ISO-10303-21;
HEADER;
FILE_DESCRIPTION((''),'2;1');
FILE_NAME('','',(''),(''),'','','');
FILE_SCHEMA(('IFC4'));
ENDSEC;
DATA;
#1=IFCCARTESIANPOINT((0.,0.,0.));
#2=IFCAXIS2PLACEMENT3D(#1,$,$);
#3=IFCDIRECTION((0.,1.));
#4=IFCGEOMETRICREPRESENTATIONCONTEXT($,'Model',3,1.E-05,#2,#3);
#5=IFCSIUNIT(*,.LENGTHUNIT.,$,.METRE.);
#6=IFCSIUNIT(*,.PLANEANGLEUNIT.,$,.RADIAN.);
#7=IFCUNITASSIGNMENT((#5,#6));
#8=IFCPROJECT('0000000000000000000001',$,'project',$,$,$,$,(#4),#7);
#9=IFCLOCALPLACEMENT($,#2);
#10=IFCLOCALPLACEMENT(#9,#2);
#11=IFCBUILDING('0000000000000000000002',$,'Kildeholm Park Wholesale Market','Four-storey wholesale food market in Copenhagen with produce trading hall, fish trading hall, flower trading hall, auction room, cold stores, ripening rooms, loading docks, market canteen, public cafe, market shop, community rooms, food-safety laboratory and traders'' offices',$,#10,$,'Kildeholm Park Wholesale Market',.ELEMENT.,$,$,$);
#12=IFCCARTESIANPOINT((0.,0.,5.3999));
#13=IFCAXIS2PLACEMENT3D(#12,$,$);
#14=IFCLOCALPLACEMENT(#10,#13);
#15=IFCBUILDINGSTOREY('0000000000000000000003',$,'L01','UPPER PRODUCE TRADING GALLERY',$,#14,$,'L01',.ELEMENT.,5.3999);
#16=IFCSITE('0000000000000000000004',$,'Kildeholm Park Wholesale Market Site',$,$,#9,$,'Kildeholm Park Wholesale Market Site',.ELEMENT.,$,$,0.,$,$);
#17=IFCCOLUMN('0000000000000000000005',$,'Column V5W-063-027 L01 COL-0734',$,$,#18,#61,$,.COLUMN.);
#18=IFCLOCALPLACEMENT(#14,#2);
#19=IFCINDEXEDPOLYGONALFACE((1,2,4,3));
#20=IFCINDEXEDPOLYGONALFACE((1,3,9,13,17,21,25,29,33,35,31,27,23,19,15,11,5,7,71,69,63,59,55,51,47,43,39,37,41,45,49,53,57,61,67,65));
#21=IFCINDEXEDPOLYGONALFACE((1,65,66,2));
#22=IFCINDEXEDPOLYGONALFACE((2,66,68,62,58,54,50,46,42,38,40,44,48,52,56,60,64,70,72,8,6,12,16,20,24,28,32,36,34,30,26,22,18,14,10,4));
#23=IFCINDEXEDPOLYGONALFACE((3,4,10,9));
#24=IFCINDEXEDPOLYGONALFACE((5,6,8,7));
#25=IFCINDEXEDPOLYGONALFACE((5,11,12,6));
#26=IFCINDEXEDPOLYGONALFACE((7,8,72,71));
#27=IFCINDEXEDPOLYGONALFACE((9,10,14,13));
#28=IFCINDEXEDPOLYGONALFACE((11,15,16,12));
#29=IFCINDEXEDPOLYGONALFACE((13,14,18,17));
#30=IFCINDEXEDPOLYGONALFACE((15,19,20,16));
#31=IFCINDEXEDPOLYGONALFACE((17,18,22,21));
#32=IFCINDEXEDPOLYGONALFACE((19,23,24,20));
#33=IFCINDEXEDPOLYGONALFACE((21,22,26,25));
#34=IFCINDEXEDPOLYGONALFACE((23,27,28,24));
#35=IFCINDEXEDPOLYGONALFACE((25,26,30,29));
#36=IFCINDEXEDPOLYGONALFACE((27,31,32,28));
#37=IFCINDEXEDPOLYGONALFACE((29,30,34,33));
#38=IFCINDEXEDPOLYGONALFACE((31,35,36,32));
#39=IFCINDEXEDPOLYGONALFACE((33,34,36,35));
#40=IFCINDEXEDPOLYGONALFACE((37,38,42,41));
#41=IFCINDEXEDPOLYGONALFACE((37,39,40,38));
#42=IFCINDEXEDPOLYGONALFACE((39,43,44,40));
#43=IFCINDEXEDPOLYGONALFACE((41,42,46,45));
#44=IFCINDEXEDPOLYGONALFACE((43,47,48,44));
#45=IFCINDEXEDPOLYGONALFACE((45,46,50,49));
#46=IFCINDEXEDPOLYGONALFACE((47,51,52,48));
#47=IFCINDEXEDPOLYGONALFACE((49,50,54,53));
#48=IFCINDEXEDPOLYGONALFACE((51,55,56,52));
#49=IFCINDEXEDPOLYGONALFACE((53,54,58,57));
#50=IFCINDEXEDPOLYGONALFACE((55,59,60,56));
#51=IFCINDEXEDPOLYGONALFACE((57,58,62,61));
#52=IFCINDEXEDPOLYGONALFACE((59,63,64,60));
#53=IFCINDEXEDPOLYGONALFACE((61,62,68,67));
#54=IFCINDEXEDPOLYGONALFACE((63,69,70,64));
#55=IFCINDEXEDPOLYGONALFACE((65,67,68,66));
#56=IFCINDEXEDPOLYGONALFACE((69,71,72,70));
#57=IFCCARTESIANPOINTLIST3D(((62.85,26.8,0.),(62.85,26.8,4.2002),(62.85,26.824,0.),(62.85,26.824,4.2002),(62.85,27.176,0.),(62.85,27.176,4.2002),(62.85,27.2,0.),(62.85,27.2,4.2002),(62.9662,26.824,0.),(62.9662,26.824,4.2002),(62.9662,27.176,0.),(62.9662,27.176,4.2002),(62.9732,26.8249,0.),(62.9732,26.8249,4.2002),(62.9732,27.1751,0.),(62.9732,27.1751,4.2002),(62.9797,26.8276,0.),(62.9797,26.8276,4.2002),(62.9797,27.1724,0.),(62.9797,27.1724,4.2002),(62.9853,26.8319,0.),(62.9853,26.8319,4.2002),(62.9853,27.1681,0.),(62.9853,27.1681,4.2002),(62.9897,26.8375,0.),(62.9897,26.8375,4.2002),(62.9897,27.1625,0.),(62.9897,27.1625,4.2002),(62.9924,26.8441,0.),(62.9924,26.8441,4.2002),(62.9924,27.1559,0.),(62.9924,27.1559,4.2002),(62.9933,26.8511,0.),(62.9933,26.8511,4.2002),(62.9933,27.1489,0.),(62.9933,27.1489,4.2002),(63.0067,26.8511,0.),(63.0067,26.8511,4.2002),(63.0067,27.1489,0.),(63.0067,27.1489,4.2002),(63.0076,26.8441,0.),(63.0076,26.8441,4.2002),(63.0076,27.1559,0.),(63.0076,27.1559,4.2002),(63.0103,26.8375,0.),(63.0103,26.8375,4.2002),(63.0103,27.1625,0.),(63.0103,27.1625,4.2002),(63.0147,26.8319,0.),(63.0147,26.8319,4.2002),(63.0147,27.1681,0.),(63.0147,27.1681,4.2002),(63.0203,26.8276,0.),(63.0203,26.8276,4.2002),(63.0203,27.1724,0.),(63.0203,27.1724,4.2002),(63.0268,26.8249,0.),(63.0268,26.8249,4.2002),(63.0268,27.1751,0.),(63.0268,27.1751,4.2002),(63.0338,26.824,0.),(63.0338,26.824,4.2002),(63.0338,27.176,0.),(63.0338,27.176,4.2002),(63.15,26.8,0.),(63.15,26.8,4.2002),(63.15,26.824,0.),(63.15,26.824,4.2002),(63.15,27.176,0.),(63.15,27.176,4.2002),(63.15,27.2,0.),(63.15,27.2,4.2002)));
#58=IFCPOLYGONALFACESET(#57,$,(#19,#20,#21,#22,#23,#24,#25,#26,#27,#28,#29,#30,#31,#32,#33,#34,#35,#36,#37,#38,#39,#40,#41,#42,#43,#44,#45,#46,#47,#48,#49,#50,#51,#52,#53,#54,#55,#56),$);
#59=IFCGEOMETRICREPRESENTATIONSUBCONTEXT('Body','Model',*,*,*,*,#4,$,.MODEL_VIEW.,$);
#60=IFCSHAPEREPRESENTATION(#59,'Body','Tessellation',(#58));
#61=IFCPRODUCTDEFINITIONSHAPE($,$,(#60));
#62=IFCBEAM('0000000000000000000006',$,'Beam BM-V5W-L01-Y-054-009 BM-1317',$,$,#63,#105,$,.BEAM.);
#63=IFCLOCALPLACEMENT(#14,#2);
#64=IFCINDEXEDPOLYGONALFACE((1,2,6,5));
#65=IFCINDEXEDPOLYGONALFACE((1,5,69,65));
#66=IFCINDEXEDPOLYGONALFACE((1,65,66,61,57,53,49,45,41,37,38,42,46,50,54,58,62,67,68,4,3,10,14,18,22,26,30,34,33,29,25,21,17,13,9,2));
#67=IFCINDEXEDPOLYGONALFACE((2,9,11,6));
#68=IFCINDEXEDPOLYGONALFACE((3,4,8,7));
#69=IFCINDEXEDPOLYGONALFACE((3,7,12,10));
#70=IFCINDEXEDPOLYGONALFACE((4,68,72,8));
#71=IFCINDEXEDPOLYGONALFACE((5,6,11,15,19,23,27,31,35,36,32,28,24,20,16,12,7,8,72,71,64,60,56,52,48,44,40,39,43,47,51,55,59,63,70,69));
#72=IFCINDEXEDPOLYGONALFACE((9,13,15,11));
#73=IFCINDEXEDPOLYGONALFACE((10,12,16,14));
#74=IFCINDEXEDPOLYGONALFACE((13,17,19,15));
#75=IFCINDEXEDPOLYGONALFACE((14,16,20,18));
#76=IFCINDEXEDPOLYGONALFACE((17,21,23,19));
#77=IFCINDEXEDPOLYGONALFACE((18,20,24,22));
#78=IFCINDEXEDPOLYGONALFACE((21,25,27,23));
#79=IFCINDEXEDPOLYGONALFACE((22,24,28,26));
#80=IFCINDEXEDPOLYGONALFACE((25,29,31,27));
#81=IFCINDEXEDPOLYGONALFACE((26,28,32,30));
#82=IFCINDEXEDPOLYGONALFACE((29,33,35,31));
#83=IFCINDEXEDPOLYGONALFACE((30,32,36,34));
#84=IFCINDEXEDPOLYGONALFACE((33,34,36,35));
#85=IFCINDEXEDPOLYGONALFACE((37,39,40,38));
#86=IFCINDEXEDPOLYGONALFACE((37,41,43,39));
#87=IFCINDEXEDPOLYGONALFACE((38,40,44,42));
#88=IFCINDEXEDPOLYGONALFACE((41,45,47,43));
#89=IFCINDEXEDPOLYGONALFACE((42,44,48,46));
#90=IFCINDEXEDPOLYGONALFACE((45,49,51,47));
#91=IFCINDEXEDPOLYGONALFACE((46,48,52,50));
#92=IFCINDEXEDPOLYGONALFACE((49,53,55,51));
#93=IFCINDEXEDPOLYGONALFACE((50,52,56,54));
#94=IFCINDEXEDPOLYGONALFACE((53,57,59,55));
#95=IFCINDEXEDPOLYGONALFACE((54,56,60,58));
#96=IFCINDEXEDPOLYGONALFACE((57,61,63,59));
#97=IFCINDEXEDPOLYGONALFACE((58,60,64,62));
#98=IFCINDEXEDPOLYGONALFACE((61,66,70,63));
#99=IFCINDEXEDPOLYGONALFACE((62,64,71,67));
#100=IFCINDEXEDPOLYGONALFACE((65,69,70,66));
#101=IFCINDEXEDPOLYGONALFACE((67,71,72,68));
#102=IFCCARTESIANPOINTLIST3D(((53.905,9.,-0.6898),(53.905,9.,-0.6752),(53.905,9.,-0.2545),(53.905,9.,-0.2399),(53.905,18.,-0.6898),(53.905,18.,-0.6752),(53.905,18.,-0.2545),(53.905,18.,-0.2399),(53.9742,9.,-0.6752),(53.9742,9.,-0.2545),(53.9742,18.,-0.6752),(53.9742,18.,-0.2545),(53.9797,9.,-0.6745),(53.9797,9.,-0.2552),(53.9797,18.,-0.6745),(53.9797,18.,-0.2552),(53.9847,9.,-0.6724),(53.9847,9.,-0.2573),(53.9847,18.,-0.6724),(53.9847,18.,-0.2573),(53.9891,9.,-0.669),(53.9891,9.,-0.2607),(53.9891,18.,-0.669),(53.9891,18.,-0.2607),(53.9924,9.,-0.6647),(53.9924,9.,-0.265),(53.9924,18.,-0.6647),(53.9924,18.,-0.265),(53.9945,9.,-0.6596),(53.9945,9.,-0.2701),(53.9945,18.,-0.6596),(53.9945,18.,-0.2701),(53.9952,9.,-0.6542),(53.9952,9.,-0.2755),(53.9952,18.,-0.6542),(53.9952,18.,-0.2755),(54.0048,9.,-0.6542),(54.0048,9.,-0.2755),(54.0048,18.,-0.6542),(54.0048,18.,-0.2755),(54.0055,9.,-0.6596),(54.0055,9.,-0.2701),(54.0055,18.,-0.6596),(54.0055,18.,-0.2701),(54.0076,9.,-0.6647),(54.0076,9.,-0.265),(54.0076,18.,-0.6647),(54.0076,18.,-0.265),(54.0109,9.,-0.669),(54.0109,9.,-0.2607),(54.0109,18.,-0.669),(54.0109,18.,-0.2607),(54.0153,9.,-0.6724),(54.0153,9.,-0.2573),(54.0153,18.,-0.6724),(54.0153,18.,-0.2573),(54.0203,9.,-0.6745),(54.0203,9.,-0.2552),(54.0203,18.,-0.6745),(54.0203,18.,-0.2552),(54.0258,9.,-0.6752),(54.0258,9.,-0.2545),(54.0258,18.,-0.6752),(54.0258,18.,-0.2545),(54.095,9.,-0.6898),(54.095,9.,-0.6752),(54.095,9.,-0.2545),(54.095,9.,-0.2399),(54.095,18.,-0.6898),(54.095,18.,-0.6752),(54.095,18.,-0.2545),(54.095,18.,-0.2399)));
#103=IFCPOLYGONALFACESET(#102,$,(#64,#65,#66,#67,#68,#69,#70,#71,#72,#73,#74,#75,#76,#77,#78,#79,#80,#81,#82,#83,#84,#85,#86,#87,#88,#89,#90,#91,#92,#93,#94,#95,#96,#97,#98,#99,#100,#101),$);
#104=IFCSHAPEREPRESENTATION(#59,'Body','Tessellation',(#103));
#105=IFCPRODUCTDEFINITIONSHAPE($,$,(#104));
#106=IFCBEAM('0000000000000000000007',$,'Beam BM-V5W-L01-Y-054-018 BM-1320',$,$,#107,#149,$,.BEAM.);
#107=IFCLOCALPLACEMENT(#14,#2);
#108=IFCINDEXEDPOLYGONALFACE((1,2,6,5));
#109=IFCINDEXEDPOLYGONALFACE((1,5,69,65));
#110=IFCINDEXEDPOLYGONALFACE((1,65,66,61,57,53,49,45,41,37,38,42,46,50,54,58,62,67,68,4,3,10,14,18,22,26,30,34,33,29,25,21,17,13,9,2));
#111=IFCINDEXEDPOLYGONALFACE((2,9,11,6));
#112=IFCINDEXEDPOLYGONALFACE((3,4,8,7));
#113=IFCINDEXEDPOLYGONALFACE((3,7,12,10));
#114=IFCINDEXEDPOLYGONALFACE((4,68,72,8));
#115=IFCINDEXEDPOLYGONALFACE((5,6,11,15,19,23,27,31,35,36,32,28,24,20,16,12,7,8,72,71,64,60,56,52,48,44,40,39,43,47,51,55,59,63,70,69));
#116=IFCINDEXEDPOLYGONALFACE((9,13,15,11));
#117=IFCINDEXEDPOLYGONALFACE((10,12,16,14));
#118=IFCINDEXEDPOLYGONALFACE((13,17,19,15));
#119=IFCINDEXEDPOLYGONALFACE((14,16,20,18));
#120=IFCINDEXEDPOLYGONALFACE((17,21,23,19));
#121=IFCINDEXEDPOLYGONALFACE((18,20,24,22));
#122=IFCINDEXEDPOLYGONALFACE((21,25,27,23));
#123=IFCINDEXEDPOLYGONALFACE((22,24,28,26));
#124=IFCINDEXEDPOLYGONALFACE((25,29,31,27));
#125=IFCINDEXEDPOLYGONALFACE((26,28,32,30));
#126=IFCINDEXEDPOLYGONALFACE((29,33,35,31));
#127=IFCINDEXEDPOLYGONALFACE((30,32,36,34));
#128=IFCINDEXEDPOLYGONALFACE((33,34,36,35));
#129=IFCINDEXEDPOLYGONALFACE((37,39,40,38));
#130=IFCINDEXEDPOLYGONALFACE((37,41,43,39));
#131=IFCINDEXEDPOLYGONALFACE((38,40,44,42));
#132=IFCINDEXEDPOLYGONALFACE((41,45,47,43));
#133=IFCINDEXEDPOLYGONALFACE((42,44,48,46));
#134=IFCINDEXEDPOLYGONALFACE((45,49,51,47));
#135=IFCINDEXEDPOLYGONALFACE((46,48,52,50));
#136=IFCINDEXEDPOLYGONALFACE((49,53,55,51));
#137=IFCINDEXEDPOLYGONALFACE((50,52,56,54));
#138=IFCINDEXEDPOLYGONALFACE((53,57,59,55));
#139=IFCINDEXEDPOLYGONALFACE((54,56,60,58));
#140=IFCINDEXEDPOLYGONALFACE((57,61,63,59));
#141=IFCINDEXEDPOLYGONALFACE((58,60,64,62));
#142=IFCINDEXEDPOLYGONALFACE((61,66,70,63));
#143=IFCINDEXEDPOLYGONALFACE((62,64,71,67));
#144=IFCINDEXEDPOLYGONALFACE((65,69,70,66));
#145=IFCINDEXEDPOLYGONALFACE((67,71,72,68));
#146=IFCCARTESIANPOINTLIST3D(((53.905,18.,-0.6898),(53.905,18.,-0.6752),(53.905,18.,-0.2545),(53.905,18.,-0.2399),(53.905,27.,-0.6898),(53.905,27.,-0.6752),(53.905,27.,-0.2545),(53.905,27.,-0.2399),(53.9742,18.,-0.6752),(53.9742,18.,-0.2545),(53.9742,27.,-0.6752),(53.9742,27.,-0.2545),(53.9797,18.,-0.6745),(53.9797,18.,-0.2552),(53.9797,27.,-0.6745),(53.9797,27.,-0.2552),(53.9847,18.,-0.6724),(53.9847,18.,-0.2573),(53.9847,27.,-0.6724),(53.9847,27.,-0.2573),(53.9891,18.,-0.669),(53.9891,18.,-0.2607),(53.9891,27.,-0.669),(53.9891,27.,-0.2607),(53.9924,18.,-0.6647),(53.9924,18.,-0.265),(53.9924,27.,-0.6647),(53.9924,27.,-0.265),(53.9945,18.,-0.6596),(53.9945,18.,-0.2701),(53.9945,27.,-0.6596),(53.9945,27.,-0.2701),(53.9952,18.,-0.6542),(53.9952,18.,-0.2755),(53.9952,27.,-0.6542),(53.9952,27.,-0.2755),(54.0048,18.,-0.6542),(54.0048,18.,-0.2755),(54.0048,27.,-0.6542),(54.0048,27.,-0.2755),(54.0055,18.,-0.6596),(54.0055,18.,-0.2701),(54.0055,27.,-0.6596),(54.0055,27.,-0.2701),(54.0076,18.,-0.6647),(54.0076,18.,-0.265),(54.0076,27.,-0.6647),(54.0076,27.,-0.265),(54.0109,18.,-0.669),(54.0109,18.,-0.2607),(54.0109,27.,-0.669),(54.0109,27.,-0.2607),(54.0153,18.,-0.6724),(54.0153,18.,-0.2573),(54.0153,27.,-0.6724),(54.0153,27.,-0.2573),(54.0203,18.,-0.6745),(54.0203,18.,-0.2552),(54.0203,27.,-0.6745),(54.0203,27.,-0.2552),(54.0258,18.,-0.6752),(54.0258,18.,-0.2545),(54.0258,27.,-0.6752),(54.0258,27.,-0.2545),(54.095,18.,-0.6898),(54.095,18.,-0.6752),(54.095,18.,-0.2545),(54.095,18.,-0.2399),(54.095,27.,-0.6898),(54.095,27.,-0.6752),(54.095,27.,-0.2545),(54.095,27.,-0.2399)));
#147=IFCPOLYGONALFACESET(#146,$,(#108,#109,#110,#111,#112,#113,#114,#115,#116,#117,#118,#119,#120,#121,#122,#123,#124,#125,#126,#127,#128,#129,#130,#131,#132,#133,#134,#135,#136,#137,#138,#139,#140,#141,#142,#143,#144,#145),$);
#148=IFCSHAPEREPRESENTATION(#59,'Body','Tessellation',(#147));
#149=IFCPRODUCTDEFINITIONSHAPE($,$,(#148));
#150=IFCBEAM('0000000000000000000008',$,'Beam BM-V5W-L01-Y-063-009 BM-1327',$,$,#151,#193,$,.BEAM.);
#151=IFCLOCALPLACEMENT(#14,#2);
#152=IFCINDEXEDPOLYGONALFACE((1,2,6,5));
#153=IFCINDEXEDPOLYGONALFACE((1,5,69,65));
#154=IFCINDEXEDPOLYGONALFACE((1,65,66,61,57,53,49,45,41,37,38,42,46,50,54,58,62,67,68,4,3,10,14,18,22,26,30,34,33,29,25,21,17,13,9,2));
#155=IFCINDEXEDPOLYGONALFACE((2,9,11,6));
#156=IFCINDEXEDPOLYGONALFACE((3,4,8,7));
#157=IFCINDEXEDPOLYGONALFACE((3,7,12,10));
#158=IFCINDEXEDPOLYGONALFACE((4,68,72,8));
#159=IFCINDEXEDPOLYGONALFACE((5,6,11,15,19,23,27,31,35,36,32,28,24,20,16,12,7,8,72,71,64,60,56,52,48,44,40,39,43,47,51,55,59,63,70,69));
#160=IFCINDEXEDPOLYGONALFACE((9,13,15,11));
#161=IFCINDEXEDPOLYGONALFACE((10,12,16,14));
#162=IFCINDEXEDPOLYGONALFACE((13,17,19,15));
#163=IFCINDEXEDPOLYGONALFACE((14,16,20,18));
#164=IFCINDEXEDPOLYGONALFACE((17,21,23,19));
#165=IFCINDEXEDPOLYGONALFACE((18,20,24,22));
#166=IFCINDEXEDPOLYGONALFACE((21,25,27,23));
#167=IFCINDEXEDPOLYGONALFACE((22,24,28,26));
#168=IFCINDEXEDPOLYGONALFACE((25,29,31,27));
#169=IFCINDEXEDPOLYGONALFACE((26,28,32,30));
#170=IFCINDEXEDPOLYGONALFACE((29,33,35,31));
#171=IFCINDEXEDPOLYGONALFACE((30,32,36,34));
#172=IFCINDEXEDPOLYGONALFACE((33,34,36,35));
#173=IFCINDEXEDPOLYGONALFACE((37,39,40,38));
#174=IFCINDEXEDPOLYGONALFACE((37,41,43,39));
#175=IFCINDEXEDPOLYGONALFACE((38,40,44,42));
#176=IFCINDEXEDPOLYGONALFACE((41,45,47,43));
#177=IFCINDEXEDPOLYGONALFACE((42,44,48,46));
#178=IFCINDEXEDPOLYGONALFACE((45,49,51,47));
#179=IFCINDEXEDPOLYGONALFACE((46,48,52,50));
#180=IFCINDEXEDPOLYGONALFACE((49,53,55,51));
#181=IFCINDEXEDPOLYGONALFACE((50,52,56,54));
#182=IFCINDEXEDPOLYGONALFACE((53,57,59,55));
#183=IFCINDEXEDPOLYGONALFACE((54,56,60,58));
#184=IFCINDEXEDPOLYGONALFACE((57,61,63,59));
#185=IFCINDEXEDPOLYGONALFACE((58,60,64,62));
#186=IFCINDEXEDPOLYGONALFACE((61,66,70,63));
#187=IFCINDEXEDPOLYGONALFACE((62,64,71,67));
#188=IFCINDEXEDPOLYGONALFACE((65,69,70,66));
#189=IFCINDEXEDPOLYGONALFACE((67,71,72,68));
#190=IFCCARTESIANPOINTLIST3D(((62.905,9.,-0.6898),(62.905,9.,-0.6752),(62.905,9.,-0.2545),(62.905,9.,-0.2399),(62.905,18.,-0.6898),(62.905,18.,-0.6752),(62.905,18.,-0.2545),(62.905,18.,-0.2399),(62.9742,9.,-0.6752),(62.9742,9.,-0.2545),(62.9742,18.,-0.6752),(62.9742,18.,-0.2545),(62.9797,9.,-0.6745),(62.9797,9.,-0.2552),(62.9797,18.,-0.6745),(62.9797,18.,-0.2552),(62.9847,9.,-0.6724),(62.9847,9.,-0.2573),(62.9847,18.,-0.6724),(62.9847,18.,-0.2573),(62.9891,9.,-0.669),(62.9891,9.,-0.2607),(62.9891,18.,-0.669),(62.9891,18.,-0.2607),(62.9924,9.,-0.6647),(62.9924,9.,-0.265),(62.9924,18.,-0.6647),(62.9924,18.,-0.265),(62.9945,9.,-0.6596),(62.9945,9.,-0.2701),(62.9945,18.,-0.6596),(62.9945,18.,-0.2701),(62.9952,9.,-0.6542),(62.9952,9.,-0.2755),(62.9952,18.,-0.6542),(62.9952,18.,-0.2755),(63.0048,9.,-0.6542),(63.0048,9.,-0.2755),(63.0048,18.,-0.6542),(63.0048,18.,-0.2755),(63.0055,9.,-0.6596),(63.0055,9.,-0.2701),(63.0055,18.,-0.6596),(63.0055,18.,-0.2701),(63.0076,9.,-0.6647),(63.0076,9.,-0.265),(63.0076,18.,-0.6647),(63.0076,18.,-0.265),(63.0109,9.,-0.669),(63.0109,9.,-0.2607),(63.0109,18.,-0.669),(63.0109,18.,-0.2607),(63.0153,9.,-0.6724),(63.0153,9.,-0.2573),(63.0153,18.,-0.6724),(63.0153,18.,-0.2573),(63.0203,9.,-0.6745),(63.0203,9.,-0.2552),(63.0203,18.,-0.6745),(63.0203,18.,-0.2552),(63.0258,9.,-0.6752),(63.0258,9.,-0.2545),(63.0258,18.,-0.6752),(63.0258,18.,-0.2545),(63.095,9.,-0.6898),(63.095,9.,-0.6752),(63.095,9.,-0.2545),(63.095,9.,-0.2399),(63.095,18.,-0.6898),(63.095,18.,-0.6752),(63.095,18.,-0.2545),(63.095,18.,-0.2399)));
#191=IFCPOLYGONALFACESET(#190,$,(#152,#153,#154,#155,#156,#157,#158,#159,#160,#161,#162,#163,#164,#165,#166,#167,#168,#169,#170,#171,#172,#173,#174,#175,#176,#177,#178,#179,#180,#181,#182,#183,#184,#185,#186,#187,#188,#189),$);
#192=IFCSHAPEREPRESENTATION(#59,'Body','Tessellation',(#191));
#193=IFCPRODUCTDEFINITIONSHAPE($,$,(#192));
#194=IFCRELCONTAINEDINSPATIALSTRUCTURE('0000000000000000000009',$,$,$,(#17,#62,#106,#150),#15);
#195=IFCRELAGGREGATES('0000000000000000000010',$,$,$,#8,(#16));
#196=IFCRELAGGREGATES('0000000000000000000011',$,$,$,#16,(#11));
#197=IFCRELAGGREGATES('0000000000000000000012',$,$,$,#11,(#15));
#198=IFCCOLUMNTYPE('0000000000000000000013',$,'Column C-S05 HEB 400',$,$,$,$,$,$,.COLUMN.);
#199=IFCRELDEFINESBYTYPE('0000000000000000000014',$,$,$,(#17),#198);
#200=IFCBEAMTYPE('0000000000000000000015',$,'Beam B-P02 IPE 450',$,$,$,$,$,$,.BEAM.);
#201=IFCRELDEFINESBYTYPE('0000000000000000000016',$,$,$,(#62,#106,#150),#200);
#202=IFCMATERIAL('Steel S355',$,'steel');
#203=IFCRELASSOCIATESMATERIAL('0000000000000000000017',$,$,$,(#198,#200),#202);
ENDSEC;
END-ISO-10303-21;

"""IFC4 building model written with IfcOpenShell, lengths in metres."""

from ifc_helpers import new_model, si_unit, direction, frame, origin, origin_2d, place, context, subcontext, project, spatial, i_section, extrude, material, material_profile, profile_set, type_object, element, save


model = new_model("IFC4")

# Units and contexts
model_context = context("Model", 3, precision=1e-05, world=origin(), true_north=direction((0.0, 1.0)))
body_context = subcontext(model_context, "Body", "Model", "MODEL_VIEW")
ifc_project = project(units=[si_unit("LENGTHUNIT", "METRE"), si_unit("PLANEANGLEUNIT", "RADIAN")], contexts=[model_context])

# Site, building, storey
site_placement = place(None, origin())
site = spatial("IfcSite", under=ifc_project, at=site_placement, Name="Kildeholm Park Wholesale Market Site", LongName="Kildeholm Park Wholesale Market Site", CompositionType="ELEMENT", RefElevation=0.0)
building_placement = place(site_placement, origin())
building = spatial("IfcBuilding", under=site, at=building_placement, Name="Kildeholm Park Wholesale Market", Description="Four-storey wholesale food market in Copenhagen with produce trading hall, fish trading hall, flower trading hall, auction room, cold stores, ripening rooms, loading docks, market canteen, public cafe, market shop, community rooms, food-safety laboratory and traders' offices", LongName="Kildeholm Park Wholesale Market", CompositionType="ELEMENT")
storey_placement = place(building_placement, frame((0.0, 0.0, 5.3999)))
storey = spatial("IfcBuildingStorey", under=building, at=storey_placement, Name="L01", Description="UPPER PRODUCE TRADING GALLERY", LongName="L01", CompositionType="ELEMENT", Elevation=5.3999)

# Column
ifc_material_1 = material(Name="Steel S355", Category="steel")
ifc_material_profile_1 = material_profile(ifc_material_1, i_section(OverallWidth=0.3, OverallDepth=0.3999, WebThickness=0.0134, FlangeThickness=0.0239, FilletRadius=0.0271, at=origin_2d()), Name="HEB 400")
ifc_profile_set_1 = profile_set([ifc_material_profile_1], Name="Steel S355")
column_type = type_object("IfcColumnType", Name="Column C-S05 HEB 400", PredefinedType="COLUMN", material=ifc_profile_set_1)
for number, where, z_axis, x_axis, name in (
    (1, (63.0, 27.0, 0.0), (0.0, 0.0, 1.0), (1.0, 0.0, 0.0), "Column V5W-063-027 L01 COL-0734"),
):
    element("IfcColumn", number, at=place(storey_placement, frame(where, z_axis=z_axis, x_axis=x_axis)), inside=storey, type_object=column_type, Name=name, PredefinedType="COLUMN", context=body_context, shape_type="SweptSolid", body=[
        extrude(i_section(OverallWidth=0.3, OverallDepth=0.3999, WebThickness=0.0134, FlangeThickness=0.0239, FilletRadius=0.0271, at=origin_2d()), origin(), (0.0, 0.0, 1.0), 4.2002),
    ])

# Beams
ifc_material_profile_2 = material_profile(ifc_material_1, i_section(OverallWidth=0.1899, OverallDepth=0.45, WebThickness=0.0095, FlangeThickness=0.0146, FilletRadius=0.021, at=origin_2d()), Name="IPE 450")
ifc_profile_set_2 = profile_set([ifc_material_profile_2], Name="Steel S355")
beam_type_1 = type_object("IfcBeamType", Name="Beam B-P02 IPE 450", PredefinedType="BEAM", material=ifc_profile_set_2)
for number, where, z_axis, x_axis, name in (
    (2, (54.0, 9.0, -0.4648), (0.0, 1.0, 0.0), (-1.0, 0.0, 0.0), "Beam BM-V5W-L01-Y-054-009 BM-1317"),
    (3, (54.0, 18.0, -0.4648), (0.0, 1.0, 0.0), (-1.0, 0.0, 0.0), "Beam BM-V5W-L01-Y-054-018 BM-1320"),
    (4, (63.0, 9.0, -0.4648), (0.0, 1.0, 0.0), (-1.0, 0.0, 0.0), "Beam BM-V5W-L01-Y-063-009 BM-1327"),
):
    element("IfcBeam", number, at=place(storey_placement, frame(where, z_axis=z_axis, x_axis=x_axis)), inside=storey, type_object=beam_type_1, Name=name, PredefinedType="BEAM", context=body_context, shape_type="SweptSolid", body=[
        extrude(i_section(OverallWidth=0.1899, OverallDepth=0.45, WebThickness=0.0095, FlangeThickness=0.0146, FilletRadius=0.021, at=origin_2d()), origin(), (0.0, 0.0, 1.0), 9.0),
    ])

save(model, "model.ifc")
